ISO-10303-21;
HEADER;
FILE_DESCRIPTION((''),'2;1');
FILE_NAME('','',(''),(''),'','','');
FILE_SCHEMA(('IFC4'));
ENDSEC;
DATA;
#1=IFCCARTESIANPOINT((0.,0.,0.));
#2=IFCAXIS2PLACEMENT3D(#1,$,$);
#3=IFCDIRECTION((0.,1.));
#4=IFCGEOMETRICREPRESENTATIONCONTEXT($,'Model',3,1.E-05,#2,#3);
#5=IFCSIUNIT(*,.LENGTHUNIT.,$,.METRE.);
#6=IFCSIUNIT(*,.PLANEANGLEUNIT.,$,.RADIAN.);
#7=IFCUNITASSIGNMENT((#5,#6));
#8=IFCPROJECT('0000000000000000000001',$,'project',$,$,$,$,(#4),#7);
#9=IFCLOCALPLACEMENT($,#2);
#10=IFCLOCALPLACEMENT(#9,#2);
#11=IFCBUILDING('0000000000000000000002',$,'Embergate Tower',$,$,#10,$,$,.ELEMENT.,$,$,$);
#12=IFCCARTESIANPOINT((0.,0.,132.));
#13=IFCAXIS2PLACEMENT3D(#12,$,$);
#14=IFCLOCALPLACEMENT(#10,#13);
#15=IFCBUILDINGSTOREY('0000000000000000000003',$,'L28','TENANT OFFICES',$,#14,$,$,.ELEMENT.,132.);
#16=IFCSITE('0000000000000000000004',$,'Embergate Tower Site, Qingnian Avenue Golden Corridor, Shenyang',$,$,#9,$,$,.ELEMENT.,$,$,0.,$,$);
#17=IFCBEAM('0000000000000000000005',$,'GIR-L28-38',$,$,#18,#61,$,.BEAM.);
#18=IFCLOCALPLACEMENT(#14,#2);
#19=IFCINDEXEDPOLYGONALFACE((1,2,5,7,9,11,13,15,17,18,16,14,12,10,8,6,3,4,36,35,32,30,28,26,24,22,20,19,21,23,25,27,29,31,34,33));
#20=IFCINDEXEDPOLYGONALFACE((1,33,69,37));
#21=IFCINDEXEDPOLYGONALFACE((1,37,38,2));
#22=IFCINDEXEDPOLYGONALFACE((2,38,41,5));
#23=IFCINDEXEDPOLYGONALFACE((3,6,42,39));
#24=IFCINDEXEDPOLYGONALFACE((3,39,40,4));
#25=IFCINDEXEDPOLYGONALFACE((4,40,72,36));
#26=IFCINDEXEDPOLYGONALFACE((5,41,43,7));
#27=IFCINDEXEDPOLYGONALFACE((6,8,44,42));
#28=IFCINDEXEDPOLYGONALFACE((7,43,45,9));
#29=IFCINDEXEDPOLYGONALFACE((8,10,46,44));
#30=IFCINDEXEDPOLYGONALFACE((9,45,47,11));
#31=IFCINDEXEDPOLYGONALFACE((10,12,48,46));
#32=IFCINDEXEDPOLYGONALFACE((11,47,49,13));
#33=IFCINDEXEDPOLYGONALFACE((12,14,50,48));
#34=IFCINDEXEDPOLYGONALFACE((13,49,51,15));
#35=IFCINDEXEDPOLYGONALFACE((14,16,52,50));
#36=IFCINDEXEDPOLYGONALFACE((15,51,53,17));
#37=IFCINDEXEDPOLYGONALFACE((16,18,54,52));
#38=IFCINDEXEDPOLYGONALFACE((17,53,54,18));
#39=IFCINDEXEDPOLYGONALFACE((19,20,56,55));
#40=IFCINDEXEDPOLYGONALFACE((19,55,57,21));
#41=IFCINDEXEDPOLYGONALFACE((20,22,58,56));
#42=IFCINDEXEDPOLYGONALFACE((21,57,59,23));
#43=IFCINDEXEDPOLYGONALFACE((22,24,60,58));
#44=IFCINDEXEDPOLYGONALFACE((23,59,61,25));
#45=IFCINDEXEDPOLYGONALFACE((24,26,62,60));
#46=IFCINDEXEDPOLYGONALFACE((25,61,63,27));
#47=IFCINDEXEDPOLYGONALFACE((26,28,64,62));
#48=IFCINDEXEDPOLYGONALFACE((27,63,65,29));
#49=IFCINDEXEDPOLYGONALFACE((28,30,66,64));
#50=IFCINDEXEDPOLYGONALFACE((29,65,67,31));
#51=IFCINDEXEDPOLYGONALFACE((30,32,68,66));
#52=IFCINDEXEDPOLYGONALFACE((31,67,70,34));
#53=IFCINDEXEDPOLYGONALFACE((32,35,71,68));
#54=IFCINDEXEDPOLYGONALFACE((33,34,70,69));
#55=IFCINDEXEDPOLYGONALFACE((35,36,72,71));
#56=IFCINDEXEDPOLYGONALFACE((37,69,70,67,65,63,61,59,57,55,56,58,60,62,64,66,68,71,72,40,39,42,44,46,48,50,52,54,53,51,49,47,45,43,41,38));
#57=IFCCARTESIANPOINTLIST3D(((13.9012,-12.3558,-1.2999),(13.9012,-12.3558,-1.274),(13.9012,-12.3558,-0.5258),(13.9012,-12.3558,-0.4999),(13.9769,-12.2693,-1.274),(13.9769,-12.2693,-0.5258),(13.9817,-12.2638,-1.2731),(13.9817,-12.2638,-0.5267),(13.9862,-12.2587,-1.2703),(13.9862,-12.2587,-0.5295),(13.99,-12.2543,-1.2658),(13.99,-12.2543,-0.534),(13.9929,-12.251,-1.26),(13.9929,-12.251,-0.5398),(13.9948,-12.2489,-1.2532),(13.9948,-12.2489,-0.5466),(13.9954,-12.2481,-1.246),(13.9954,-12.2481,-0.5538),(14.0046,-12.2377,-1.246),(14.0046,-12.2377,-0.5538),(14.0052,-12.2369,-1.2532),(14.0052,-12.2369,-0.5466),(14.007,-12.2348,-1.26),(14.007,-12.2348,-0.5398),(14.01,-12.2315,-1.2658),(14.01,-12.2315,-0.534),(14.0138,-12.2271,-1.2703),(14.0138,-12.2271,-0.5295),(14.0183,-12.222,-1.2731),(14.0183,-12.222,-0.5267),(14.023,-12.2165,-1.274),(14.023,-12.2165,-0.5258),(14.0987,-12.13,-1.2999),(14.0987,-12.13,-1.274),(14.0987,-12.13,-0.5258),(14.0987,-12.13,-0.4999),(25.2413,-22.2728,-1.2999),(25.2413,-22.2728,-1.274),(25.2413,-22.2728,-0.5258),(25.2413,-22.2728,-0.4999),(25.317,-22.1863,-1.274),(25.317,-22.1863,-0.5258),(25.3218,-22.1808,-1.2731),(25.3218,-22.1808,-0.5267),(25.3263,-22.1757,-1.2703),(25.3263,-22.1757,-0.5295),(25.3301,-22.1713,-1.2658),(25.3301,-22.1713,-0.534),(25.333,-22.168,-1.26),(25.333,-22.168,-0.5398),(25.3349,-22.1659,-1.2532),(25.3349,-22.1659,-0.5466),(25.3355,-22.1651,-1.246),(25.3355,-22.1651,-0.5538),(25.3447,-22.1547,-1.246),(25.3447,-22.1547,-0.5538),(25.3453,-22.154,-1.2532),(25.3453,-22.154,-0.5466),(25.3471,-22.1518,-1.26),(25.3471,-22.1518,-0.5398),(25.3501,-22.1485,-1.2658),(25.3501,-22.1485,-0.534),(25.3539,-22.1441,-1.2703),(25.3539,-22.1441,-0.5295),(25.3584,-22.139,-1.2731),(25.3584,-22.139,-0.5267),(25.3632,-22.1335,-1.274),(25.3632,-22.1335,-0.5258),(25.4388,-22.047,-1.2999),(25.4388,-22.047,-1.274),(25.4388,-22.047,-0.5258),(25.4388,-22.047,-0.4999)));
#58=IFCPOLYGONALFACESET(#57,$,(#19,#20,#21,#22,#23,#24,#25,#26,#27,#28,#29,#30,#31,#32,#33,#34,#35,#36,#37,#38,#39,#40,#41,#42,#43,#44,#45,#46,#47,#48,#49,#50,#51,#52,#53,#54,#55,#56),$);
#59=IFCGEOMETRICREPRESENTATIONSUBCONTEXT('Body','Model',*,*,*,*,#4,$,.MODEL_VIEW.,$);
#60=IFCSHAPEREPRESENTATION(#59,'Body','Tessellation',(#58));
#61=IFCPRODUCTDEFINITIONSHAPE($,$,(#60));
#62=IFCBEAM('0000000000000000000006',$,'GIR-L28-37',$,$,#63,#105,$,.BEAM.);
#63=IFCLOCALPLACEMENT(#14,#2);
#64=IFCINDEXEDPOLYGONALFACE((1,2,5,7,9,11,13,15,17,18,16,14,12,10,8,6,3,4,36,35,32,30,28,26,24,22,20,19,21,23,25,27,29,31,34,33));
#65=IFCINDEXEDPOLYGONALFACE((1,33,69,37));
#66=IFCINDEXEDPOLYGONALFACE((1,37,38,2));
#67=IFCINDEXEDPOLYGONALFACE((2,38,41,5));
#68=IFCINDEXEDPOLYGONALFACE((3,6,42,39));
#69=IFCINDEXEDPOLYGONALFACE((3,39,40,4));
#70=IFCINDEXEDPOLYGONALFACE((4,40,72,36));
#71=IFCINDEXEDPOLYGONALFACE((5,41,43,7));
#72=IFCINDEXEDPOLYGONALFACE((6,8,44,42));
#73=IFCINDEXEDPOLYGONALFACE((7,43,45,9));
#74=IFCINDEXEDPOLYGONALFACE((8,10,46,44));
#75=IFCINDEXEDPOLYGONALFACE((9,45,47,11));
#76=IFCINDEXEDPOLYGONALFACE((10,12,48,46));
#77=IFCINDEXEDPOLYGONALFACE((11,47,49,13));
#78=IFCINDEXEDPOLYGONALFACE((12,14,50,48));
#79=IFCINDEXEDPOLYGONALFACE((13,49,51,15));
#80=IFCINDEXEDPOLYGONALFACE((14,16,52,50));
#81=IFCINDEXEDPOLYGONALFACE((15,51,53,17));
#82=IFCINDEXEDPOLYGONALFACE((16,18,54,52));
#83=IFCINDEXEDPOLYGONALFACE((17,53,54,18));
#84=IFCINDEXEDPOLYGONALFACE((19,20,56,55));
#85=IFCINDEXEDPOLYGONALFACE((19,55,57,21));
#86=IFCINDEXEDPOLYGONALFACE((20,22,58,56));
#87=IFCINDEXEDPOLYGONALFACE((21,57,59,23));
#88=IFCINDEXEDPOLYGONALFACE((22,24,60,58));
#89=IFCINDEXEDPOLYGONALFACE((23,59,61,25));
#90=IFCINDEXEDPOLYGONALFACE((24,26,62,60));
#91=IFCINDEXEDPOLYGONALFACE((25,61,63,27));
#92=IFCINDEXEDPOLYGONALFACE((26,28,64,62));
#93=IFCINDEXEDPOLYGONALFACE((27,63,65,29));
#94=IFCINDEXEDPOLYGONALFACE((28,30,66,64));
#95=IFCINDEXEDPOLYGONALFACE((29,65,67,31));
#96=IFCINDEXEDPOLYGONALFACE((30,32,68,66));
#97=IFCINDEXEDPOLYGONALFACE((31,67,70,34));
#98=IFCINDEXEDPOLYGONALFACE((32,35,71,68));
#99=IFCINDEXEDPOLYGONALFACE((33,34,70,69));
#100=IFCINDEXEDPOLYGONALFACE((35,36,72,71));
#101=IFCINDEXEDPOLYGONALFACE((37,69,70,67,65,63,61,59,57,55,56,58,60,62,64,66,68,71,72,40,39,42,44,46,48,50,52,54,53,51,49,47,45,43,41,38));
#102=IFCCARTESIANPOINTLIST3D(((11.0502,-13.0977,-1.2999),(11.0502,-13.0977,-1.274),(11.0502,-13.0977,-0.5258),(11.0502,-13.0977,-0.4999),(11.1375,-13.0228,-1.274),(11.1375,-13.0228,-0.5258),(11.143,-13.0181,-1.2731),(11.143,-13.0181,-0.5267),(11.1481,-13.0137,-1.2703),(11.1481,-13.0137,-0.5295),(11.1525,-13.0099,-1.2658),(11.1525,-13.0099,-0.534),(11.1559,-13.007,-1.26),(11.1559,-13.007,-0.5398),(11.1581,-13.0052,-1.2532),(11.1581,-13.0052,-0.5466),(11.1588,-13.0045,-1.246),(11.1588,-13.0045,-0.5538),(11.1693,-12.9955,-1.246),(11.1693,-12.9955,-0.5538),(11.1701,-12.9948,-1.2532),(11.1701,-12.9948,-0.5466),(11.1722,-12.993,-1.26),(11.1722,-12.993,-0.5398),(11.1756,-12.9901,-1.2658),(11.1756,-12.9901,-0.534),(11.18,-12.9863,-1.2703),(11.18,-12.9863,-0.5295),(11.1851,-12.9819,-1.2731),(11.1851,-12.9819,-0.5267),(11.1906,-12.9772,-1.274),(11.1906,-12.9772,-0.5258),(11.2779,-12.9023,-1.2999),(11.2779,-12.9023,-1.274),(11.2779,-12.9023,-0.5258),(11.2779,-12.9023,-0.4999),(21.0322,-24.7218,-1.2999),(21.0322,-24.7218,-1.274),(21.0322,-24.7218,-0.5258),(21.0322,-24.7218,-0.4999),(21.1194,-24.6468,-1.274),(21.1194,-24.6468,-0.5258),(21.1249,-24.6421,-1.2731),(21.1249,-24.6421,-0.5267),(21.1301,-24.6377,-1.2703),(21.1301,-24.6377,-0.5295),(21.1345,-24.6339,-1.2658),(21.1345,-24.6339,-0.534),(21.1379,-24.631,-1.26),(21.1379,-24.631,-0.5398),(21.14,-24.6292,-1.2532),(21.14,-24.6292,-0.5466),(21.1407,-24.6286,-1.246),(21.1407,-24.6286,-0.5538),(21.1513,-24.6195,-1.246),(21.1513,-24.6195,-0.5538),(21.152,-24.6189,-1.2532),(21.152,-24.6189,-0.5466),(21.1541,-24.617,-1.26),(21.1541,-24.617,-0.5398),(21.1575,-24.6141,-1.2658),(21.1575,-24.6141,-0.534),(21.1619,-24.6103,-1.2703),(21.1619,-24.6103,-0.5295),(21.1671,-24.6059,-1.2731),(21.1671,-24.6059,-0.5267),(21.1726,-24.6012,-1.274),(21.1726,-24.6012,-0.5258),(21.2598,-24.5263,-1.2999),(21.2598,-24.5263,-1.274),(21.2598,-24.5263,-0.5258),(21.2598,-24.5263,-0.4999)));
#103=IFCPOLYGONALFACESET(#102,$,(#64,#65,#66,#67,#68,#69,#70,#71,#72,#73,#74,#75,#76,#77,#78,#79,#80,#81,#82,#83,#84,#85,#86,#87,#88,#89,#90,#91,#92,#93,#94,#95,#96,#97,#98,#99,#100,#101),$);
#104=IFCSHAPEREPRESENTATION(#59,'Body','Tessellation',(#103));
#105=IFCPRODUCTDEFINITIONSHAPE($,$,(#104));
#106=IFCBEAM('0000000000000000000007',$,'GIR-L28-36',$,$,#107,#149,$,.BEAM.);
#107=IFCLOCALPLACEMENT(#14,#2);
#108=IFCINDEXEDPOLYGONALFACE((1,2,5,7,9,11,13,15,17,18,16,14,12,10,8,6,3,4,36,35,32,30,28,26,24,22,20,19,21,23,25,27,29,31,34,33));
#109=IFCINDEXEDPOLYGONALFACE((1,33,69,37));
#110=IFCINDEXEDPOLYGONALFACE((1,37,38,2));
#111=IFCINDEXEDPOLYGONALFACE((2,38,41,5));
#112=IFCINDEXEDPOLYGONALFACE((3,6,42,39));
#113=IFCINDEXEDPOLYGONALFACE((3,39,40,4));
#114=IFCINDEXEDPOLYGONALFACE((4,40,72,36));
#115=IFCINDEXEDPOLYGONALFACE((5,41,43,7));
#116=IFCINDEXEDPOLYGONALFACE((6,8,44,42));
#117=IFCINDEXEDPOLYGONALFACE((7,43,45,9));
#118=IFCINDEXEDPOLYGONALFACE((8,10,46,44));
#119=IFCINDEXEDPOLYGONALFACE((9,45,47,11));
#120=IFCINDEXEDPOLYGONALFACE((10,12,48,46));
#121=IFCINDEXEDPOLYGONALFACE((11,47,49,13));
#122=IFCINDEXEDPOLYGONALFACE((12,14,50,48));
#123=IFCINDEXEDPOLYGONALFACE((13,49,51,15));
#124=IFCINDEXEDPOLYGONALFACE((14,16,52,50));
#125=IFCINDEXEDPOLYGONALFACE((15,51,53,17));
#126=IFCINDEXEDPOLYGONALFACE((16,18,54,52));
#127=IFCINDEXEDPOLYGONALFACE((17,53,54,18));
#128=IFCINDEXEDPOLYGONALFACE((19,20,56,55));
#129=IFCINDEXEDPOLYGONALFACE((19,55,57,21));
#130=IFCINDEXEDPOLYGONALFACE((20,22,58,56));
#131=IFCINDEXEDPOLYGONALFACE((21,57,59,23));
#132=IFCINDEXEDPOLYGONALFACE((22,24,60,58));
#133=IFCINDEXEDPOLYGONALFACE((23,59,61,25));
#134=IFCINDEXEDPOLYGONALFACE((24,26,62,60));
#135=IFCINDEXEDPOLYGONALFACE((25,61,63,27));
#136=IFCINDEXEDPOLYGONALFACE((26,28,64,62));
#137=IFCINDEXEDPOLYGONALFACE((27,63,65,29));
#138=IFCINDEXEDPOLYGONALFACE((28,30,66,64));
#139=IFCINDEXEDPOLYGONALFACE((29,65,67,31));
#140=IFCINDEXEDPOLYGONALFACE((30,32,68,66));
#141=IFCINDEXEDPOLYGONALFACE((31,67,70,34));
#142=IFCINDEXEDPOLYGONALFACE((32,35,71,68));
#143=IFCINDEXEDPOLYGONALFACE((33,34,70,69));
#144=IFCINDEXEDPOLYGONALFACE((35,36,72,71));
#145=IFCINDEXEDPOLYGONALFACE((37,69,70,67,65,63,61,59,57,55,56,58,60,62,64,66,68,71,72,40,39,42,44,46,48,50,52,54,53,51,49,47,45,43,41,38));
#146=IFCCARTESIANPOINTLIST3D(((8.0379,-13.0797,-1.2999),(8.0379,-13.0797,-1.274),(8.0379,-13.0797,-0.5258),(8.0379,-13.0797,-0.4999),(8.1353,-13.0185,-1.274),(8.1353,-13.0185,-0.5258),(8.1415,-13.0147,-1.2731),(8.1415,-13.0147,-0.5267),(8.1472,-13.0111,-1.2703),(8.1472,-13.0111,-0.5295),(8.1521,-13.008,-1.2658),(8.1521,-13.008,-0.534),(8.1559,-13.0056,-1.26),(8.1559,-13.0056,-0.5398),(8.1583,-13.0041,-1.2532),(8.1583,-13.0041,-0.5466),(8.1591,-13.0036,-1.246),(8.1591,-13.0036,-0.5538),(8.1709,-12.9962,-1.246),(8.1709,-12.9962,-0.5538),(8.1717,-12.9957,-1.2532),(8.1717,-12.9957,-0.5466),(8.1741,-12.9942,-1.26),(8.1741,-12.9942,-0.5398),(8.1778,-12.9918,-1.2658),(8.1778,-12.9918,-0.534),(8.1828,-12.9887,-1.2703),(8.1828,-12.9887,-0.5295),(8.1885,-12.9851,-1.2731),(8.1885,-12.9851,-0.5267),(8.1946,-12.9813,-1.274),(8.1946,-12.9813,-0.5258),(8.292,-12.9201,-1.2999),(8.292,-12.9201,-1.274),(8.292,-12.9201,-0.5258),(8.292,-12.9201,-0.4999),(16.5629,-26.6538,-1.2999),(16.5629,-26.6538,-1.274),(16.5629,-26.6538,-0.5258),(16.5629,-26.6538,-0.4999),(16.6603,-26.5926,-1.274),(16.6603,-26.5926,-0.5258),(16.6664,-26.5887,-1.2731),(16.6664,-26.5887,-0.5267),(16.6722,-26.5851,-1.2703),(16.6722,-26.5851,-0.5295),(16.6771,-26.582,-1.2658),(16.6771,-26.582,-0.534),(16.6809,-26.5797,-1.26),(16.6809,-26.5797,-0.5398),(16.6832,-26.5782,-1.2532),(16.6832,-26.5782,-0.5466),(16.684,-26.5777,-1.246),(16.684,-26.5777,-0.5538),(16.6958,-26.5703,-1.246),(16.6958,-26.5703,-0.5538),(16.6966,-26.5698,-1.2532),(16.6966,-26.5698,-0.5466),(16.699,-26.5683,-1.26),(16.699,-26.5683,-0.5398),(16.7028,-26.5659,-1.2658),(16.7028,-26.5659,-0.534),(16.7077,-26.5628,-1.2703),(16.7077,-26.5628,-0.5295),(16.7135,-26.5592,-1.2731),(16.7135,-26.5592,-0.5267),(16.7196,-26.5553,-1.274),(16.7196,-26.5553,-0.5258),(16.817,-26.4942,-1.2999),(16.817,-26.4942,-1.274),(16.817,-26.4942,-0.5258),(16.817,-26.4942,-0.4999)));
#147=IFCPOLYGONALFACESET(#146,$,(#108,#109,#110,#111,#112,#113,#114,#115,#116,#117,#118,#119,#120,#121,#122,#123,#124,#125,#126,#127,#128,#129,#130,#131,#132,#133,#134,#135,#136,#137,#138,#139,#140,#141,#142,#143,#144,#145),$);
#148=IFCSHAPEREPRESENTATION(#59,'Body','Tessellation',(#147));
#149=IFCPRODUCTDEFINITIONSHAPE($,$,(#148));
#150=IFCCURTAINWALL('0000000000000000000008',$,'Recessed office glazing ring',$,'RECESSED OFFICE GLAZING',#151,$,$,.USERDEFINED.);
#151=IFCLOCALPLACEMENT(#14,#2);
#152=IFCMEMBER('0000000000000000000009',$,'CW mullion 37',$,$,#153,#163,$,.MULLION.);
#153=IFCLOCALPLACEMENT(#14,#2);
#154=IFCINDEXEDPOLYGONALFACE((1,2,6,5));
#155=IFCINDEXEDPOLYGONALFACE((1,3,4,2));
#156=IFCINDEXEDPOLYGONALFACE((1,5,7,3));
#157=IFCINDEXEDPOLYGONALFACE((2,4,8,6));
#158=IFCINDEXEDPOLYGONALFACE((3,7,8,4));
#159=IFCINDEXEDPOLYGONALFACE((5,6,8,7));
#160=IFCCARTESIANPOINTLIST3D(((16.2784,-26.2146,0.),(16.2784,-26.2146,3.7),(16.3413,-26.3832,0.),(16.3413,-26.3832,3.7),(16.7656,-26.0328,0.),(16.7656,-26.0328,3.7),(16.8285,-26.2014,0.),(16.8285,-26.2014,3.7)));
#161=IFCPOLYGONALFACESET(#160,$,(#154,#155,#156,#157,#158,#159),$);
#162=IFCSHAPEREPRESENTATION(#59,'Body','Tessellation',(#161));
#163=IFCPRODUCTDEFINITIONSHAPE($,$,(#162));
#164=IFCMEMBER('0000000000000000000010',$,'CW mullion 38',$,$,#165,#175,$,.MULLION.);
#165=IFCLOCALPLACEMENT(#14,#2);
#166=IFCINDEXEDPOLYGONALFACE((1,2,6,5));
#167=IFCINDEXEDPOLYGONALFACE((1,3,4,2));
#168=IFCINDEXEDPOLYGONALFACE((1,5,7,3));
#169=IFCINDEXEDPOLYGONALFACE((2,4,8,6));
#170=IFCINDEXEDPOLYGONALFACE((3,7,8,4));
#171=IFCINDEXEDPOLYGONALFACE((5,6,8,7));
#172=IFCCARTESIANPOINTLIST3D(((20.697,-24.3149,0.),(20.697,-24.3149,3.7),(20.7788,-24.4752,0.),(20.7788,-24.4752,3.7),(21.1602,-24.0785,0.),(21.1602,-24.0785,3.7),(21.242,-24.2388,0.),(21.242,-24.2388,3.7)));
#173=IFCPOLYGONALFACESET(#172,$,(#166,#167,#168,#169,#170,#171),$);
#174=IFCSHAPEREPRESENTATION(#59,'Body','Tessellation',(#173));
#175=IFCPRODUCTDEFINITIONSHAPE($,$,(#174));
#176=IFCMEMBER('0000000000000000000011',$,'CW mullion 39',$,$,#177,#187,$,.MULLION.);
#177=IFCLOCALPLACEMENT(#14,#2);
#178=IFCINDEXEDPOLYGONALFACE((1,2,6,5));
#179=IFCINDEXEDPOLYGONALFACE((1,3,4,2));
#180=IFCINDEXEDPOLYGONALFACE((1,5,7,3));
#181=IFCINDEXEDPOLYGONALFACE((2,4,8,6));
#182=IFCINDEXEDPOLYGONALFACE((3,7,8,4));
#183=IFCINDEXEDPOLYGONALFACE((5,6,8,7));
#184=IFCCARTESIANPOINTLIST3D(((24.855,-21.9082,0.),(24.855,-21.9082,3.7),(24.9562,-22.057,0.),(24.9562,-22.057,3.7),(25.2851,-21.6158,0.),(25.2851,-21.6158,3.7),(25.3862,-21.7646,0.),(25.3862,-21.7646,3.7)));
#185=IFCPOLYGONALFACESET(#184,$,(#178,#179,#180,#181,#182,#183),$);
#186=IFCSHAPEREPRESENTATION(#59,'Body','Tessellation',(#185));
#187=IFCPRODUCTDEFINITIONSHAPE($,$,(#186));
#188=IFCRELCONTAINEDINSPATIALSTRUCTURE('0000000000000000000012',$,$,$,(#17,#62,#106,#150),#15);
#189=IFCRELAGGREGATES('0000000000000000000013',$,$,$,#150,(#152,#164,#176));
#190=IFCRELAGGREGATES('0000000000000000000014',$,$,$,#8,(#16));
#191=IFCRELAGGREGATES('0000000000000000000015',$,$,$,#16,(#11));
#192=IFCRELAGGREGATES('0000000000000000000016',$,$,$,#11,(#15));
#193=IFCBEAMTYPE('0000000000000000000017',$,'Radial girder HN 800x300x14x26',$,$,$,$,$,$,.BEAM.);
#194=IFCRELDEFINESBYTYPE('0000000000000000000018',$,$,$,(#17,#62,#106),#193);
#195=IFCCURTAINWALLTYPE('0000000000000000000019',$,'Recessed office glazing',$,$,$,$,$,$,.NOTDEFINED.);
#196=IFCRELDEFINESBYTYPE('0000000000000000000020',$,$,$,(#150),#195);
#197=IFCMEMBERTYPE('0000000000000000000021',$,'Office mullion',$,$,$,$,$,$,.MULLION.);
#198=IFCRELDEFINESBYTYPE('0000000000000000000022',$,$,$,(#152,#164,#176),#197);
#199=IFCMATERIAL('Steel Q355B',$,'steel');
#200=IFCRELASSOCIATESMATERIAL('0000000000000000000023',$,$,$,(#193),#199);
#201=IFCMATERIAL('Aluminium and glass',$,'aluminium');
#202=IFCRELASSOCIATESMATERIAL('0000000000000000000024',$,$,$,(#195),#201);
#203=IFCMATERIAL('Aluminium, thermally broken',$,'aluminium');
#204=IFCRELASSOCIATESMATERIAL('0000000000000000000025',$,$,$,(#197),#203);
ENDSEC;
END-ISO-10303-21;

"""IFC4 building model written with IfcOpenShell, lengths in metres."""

from ifc_helpers import new_model, si_unit, direction, frame, origin, origin_2d, place, context, subcontext, project, spatial, rectangle, i_section, extrude, source, transform, mapped, material, material_profile, profile_set, type_object, element, aggregate, save


model = new_model("IFC4")

# Units and contexts
model_context = context("Model", 3, precision=1e-05, world=origin(), true_north=direction((0.0, 1.0)))
body_context = subcontext(model_context, "Body", "Model", "MODEL_VIEW")
ifc_project = project(units=[si_unit("LENGTHUNIT", "METRE"), si_unit("PLANEANGLEUNIT", "RADIAN")], contexts=[model_context])

# Site, building, storey
site_placement = place(None, origin())
site = spatial("IfcSite", under=ifc_project, at=site_placement, Name="Embergate Tower Site, Qingnian Avenue Golden Corridor, Shenyang", CompositionType="ELEMENT", RefElevation=0.0)
building_placement = place(site_placement, origin())
building = spatial("IfcBuilding", under=site, at=building_placement, Name="Embergate Tower", CompositionType="ELEMENT")
storey_placement = place(building_placement, frame((0.0, 0.0, 132.0)))
storey = spatial("IfcBuildingStorey", under=building, at=storey_placement, Name="L28", Description="TENANT OFFICES", CompositionType="ELEMENT", Elevation=132.0)

# Beams
ifc_material_1 = material(Name="Steel Q355B", Category="steel")
ifc_material_profile_1 = material_profile(ifc_material_1, i_section(OverallWidth=0.3, OverallDepth=0.8, WebThickness=0.0139, FlangeThickness=0.0259, FilletRadius=0.0281, at=origin_2d()), Name="HN 800x300x14x26")
ifc_profile_set_1 = profile_set([ifc_material_profile_1], Name="Steel Q355 grade B")
beam_type_1 = type_object("IfcBeamType", Name="Radial girder HN 800x300x14x26", PredefinedType="BEAM", material=ifc_profile_set_1)
shared_shape_1 = source(origin(), body_context, "Body", "SweptSolid", [
    extrude(i_section(OverallWidth=0.3, OverallDepth=0.8, WebThickness=0.0139, FlangeThickness=0.0259, FilletRadius=0.0281, at=origin_2d()), origin(), (0.0, 0.0, 1.0), 15.0647),
])
beam_1_placement = place(storey_placement, frame((25.3401, -22.1599, -0.8999), z_axis=(-0.75276, 0.658295, 0.0), x_axis=(-0.658295, -0.75276, 0.0)))
element("IfcBeam", 1, at=beam_1_placement, inside=storey, type_object=beam_type_1, Name="GIR-L28-38", PredefinedType="BEAM", context=body_context, shape_type="MappedRepresentation", body=[
    mapped(shared_shape_1, transform((0.0, 0.0, 0.0))),
])
shared_shape_2 = source(origin(), body_context, "Body", "SweptSolid", [
    extrude(i_section(OverallWidth=0.3, OverallDepth=0.8, WebThickness=0.0139, FlangeThickness=0.0259, FilletRadius=0.0281, at=origin_2d()), origin(), (0.0, 0.0, 1.0), 15.3218),
])
beam_2_placement = place(storey_placement, frame((21.146, -24.624, -0.8999), z_axis=(-0.651487, 0.75866, 0.0), x_axis=(-0.75866, -0.651487, 0.0)))
element("IfcBeam", 2, at=beam_2_placement, inside=storey, type_object=beam_type_1, Name="GIR-L28-37", PredefinedType="BEAM", context=body_context, shape_type="MappedRepresentation", body=[
    mapped(shared_shape_2, transform((0.0, 0.0, 0.0))),
])
shared_shape_3 = source(origin(), body_context, "Body", "SweptSolid", [
    extrude(i_section(OverallWidth=0.3, OverallDepth=0.8, WebThickness=0.0139, FlangeThickness=0.0259, FilletRadius=0.0281, at=origin_2d()), origin(), (0.0, 0.0, 1.0), 16.0291),
])
beam_3_placement = place(storey_placement, frame((16.6899, -26.574, -0.8999), z_axis=(-0.531845, 0.846842, 0.0), x_axis=(-0.846842, -0.531845, 0.0)))
element("IfcBeam", 3, at=beam_3_placement, inside=storey, type_object=beam_type_1, Name="GIR-L28-36", PredefinedType="BEAM", context=body_context, shape_type="MappedRepresentation", body=[
    mapped(shared_shape_3, transform((0.0, 0.0, 0.0))),
])

# Curtain wall, members
ifc_material_2 = material(Name="Aluminium and glass", Category="aluminium")
curtain_wall_type = type_object("IfcCurtainWallType", Name="Recessed office glazing", PredefinedType="NOTDEFINED", material=ifc_material_2)
curtain_wall_placement = place(storey_placement, origin())
curtain_wall = element("IfcCurtainWall", 4, at=curtain_wall_placement, inside=storey, type_object=curtain_wall_type, Name="Recessed office glazing ring", ObjectType="RECESSED OFFICE GLAZING", PredefinedType="USERDEFINED")
ifc_material_3 = material(Name="Aluminium, thermally broken", Category="aluminium")
ifc_material_profile_2 = material_profile(ifc_material_3, rectangle(XDim=0.1799, YDim=0.52, at=origin_2d()), Name="AL 520x180")
ifc_profile_set_2 = profile_set([ifc_material_profile_2], Name="Aluminium, thermally broken")
member_type_1 = type_object("IfcMemberType", Name="Office mullion", PredefinedType="MULLION", material=ifc_profile_set_2)
shared_shape_4 = source(origin(), body_context, "Body", "SweptSolid", [
    extrude(rectangle(XDim=0.1799, YDim=0.52, at=origin_2d()), origin(), (0.0, 0.0, 1.0), 3.7),
])
member_1_placement = place(storey_placement, frame((16.5535, -26.208, 0.0), z_axis=(0.0, 0.0, 1.0), x_axis=(-0.349501, 0.936936, 0.0)))
member_1 = element("IfcMember", 5, at=member_1_placement, type_object=member_type_1, Name="CW mullion 37", PredefinedType="MULLION", context=body_context, shape_type="MappedRepresentation", body=[
    mapped(shared_shape_4, transform((0.0, 0.0, 0.0))),
])
member_2_placement = place(storey_placement, frame((20.9695, -24.2769, 0.0), z_axis=(0.0, 0.0, 1.0), x_axis=(-0.454508, 0.890743, 0.0)))
member_2 = element("IfcMember", 6, at=member_2_placement, type_object=member_type_1, Name="CW mullion 38", PredefinedType="MULLION", context=body_context, shape_type="MappedRepresentation", body=[
    mapped(shared_shape_4, transform((0.0, 0.0, 0.0))),
])
member_3_placement = place(storey_placement, frame((25.1206, -21.8364, 0.0), z_axis=(0.0, 0.0, 1.0), x_axis=(-0.562215, 0.826991, 0.0)))
member_3 = element("IfcMember", 7, at=member_3_placement, type_object=member_type_1, Name="CW mullion 39", PredefinedType="MULLION", context=body_context, shape_type="MappedRepresentation", body=[
    mapped(shared_shape_4, transform((0.0, 0.0, 0.0))),
])
aggregate(curtain_wall, [member_1, member_2, member_3])

save(model, "model.ifc")
